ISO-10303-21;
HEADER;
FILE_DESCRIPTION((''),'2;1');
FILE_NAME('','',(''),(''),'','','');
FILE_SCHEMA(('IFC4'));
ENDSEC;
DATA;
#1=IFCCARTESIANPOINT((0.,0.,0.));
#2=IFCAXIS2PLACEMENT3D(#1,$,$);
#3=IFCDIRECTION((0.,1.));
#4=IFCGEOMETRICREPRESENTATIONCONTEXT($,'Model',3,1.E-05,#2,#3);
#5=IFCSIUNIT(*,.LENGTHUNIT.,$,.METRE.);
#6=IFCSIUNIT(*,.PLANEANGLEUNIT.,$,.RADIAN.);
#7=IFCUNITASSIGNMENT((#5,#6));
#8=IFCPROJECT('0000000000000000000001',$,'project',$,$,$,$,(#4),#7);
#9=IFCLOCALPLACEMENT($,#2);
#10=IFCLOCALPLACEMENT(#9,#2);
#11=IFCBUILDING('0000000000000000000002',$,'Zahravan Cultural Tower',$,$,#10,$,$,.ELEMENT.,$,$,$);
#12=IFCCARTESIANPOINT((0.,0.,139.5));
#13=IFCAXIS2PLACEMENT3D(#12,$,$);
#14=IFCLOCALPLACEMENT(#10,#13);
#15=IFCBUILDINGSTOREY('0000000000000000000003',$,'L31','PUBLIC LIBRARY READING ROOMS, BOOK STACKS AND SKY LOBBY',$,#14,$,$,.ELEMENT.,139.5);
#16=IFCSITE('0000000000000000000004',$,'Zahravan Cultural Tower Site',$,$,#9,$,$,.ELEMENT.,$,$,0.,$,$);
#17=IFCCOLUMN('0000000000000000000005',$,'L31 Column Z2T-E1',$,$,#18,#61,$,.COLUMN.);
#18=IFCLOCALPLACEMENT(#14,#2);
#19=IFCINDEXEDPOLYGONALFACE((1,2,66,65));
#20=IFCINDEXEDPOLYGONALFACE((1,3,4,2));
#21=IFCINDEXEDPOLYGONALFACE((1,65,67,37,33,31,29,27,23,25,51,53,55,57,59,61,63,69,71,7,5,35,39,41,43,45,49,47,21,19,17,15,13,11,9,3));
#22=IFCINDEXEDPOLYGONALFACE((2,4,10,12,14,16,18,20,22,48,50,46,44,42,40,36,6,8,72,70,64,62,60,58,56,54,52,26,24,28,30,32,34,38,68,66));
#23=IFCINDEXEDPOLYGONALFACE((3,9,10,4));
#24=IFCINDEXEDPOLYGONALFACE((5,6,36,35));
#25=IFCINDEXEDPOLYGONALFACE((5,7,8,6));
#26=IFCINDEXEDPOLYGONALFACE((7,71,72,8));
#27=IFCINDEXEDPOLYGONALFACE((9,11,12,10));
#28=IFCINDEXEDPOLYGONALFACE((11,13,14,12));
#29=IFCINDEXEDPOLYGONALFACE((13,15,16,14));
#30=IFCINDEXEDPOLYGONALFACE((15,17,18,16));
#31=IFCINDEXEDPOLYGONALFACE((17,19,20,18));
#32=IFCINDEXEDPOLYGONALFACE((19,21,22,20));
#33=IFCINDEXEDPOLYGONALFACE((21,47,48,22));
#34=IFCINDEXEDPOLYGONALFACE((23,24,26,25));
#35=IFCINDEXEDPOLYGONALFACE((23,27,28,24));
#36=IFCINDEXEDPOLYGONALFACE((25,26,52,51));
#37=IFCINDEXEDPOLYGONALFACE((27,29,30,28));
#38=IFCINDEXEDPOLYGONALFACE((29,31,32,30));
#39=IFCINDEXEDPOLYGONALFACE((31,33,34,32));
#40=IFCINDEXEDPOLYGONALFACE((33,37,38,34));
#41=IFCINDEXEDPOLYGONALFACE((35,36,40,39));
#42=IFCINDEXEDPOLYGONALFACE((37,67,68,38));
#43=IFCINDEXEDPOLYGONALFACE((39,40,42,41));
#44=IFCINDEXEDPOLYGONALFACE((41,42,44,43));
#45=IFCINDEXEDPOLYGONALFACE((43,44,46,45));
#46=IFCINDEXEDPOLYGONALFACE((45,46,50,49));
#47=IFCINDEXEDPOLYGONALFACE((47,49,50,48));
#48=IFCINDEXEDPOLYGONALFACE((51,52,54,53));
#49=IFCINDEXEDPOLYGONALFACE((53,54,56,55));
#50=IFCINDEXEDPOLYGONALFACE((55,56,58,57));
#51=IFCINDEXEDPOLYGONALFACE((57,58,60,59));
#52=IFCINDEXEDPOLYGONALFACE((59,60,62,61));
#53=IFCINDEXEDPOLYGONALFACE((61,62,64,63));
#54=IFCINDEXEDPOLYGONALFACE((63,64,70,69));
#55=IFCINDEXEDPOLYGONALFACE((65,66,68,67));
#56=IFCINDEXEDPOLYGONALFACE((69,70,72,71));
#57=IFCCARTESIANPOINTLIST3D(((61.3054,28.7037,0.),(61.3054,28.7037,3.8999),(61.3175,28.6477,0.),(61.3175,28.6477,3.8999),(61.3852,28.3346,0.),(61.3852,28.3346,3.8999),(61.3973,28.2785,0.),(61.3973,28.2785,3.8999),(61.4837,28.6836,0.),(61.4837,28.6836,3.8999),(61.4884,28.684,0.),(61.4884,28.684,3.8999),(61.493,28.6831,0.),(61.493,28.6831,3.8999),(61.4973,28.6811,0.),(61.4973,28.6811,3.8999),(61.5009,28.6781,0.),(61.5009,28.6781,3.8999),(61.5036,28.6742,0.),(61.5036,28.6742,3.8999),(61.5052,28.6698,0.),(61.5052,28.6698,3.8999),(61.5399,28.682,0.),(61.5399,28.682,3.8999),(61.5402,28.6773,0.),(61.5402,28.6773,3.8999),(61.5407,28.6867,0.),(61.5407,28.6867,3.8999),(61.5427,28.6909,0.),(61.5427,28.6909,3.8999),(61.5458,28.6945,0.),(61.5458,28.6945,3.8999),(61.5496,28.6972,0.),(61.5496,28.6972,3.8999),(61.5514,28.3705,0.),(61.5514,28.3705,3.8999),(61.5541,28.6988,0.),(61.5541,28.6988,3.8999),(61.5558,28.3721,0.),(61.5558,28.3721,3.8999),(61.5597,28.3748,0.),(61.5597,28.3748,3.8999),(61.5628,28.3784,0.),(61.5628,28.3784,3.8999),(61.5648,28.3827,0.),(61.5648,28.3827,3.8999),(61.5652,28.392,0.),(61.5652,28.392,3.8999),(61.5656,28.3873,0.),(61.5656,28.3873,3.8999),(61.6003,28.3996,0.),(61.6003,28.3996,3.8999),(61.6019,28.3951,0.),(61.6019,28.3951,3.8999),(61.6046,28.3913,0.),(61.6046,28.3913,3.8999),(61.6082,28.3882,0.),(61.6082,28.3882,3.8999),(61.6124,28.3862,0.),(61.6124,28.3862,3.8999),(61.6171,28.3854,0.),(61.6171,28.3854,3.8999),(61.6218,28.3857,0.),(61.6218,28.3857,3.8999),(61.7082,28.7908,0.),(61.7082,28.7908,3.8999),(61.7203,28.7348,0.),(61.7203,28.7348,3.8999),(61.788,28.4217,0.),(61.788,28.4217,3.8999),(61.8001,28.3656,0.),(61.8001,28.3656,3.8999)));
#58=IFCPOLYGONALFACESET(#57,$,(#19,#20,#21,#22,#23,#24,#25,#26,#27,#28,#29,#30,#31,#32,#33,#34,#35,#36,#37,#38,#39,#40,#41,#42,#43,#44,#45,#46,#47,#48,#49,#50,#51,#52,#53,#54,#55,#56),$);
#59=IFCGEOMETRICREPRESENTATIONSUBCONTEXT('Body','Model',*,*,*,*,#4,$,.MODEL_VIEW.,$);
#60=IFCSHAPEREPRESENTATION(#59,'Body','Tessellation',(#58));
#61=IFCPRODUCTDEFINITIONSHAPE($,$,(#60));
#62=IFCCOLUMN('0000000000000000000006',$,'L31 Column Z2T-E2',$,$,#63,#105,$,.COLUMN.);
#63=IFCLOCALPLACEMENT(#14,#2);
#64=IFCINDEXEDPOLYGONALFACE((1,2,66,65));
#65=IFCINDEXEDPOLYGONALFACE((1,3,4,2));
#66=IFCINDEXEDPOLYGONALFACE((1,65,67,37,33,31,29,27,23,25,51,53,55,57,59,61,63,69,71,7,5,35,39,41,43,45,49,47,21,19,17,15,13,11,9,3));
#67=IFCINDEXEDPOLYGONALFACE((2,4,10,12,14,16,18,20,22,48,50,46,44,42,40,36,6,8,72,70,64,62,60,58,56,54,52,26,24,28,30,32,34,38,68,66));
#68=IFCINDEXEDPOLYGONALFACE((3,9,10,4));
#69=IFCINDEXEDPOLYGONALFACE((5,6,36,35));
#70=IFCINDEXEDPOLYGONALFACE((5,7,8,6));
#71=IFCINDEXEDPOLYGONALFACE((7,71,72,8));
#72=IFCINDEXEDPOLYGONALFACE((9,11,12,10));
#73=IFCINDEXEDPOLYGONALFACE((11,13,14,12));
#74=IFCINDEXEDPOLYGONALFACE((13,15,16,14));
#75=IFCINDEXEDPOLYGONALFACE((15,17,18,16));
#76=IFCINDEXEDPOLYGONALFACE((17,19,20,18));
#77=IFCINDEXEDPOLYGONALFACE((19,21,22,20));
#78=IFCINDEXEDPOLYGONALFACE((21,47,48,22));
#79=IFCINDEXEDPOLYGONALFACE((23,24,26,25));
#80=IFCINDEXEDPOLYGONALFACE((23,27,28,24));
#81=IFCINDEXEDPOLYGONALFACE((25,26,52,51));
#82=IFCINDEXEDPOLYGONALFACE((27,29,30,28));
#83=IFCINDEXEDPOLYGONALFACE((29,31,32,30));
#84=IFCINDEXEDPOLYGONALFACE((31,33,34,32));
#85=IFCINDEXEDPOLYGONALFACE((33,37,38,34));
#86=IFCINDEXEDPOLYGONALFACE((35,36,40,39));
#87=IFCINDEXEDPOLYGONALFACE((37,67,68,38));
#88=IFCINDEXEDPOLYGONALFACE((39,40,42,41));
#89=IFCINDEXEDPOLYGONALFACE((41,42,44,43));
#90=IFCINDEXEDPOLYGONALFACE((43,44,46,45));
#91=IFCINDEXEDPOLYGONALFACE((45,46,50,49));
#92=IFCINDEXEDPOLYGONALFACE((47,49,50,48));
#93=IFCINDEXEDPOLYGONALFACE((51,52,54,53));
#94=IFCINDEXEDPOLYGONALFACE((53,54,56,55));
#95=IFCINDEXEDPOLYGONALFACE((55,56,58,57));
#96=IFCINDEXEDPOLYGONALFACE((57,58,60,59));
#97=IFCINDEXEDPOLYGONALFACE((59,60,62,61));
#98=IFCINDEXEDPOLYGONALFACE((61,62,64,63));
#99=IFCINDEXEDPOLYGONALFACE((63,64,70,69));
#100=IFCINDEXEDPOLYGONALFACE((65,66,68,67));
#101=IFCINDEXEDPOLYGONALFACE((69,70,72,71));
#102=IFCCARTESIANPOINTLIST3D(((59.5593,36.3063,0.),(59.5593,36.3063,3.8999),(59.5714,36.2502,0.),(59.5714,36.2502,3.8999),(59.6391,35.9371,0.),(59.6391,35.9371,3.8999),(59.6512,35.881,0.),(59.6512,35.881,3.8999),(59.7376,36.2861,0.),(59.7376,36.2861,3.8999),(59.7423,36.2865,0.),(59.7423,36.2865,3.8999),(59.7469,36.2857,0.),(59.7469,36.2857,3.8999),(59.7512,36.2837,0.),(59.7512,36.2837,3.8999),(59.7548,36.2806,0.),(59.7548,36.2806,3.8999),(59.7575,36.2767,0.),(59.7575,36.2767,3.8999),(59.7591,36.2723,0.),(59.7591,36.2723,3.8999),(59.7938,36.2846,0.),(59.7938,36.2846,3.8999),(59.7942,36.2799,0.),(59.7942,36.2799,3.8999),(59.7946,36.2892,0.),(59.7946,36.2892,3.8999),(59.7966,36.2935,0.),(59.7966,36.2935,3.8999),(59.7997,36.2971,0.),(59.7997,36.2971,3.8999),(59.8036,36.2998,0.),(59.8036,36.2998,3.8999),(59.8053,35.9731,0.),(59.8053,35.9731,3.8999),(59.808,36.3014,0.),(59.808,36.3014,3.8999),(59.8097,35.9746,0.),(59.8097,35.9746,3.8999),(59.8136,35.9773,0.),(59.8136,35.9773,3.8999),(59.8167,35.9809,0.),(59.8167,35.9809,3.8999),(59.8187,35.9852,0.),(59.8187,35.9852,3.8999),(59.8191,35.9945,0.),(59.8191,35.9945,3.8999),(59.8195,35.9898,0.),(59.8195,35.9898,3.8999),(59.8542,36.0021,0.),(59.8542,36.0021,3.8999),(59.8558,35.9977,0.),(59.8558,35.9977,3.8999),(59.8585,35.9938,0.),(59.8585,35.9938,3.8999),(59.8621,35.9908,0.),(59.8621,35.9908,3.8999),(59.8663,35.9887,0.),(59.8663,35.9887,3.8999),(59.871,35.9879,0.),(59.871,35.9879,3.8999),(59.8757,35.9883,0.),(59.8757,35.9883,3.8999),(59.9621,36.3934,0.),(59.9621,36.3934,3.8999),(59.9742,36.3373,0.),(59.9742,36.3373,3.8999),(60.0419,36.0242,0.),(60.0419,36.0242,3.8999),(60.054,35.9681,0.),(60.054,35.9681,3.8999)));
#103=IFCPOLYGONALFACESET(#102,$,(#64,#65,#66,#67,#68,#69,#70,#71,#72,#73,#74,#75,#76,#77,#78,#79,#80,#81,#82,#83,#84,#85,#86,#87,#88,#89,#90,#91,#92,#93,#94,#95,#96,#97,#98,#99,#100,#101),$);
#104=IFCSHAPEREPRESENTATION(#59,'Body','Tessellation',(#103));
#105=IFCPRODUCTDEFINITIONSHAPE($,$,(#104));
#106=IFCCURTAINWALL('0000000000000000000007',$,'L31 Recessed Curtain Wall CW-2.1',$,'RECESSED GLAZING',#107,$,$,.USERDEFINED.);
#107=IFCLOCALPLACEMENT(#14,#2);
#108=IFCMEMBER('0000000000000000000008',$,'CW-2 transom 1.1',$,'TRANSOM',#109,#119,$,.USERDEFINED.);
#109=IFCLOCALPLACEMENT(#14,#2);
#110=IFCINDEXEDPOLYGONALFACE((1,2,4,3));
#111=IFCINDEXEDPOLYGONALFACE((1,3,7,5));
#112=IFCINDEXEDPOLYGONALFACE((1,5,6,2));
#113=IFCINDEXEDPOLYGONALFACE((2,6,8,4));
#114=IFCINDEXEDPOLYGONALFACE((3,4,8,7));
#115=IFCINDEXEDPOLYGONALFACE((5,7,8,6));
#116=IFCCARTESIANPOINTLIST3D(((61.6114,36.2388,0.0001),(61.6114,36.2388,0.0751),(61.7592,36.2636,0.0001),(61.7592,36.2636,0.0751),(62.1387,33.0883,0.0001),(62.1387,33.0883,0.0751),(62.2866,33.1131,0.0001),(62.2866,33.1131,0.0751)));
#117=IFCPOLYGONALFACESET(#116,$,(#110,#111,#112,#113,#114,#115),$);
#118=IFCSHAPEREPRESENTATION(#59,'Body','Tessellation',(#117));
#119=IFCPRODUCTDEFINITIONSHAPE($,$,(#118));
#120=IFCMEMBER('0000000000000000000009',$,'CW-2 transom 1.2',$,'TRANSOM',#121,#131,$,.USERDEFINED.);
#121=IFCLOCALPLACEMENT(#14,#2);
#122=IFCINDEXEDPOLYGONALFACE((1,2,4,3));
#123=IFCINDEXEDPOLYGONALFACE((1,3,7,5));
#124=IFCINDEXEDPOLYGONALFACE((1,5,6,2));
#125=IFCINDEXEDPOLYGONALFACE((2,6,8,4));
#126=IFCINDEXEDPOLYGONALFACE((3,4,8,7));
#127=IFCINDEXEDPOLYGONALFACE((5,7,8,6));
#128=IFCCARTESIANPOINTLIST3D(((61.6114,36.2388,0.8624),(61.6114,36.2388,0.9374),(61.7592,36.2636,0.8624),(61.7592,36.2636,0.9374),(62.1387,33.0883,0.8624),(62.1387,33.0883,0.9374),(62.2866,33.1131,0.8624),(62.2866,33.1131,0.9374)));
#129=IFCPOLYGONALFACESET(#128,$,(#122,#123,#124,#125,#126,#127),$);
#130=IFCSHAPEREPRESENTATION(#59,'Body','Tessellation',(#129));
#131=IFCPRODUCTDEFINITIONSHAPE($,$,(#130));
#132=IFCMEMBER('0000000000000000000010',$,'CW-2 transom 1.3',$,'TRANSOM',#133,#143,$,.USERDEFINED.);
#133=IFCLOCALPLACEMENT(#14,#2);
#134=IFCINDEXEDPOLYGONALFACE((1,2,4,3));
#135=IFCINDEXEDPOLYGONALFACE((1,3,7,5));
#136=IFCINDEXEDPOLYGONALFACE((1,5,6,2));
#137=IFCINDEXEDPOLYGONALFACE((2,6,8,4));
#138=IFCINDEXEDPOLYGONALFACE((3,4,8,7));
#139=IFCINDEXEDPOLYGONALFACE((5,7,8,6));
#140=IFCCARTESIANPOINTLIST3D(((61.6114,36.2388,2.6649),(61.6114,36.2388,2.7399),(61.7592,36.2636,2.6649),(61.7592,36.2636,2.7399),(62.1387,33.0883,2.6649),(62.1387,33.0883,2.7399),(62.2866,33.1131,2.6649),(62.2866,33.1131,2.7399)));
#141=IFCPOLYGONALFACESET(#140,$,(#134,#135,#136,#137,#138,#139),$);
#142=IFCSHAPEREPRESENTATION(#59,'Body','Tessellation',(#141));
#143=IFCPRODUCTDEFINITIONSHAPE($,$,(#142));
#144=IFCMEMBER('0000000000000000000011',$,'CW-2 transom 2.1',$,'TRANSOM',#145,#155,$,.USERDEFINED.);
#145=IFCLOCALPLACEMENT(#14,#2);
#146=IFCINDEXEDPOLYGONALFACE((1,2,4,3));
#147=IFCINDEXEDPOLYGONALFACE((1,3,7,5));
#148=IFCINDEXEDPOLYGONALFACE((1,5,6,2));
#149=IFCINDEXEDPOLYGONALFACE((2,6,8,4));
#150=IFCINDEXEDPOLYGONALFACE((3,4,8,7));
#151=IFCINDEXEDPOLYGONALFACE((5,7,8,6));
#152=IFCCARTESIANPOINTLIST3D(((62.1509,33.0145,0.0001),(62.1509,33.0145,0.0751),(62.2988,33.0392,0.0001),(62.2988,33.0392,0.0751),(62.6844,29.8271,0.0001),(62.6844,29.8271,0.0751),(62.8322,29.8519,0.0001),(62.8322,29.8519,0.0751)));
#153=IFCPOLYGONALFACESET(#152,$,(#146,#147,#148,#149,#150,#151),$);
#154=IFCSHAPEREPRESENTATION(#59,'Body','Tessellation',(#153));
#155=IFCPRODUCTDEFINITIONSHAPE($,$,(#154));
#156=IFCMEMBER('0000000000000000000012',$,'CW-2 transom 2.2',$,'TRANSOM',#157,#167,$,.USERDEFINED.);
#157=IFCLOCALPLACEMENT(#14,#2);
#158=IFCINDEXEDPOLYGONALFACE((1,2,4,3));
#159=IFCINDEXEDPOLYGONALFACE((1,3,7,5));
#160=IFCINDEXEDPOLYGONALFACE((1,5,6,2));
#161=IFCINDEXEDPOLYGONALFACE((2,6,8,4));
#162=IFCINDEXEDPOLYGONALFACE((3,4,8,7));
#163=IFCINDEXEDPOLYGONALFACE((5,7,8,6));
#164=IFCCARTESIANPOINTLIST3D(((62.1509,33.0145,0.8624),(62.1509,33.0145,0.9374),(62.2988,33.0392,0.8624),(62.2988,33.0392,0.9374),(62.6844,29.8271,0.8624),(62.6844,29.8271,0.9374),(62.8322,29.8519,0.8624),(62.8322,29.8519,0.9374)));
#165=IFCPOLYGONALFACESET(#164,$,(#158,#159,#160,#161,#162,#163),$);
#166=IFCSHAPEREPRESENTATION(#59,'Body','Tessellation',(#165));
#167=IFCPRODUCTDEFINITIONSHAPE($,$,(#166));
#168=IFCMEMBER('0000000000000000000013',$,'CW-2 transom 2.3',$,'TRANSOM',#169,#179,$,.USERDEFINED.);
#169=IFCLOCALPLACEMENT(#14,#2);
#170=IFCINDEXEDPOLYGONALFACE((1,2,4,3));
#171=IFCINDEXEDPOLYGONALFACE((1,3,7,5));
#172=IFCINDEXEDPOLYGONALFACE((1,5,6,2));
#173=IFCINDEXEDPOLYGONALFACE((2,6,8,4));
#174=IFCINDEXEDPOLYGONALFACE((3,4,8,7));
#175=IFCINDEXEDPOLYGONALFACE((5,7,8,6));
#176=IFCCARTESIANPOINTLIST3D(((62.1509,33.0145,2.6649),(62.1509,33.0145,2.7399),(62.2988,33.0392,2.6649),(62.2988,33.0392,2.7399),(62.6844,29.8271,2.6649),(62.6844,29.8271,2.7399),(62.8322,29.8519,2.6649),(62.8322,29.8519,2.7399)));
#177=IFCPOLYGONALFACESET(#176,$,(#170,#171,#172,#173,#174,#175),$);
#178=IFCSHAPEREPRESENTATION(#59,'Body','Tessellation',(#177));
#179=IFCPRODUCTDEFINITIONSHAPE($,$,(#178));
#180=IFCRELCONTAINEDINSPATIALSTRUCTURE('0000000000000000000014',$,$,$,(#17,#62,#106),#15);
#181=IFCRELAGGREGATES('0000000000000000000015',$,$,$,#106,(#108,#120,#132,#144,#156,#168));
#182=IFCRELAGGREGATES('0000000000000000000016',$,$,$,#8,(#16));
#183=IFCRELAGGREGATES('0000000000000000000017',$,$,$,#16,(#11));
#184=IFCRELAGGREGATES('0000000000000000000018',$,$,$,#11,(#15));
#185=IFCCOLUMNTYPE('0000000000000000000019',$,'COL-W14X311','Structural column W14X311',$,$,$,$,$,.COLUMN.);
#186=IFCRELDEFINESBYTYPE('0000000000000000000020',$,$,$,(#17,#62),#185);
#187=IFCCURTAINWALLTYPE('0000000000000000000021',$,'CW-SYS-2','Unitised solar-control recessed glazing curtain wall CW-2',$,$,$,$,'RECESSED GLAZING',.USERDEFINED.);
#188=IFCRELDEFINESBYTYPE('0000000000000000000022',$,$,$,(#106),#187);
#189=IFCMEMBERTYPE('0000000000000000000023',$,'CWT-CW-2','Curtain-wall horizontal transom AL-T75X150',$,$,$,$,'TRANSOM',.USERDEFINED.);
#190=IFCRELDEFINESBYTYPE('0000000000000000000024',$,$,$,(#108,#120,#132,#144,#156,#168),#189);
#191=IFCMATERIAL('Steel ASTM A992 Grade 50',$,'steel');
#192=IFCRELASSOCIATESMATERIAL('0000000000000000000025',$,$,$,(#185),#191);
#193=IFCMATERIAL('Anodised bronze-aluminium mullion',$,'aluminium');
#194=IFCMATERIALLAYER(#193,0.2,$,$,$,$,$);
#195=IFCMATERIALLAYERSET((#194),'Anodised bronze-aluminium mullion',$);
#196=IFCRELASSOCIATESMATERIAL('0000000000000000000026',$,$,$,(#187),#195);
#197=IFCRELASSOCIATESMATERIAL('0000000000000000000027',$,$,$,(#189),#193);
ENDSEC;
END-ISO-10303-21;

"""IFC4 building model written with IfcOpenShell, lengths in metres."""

from ifc_helpers import new_model, si_unit, direction, frame, origin, origin_2d, place, context, subcontext, project, spatial, rectangle, i_section, extrude, source, transform, mapped, material, layer, layer_set, material_profile, profile_set, type_object, element, aggregate, save


model = new_model("IFC4")

# Units and contexts
model_context = context("Model", 3, precision=1e-05, world=origin(), true_north=direction((0.0, 1.0)))
body_context = subcontext(model_context, "Body", "Model", "MODEL_VIEW")
ifc_project = project(units=[si_unit("LENGTHUNIT", "METRE"), si_unit("PLANEANGLEUNIT", "RADIAN")], contexts=[model_context])

# Site, building, storey
site_placement = place(None, origin())
site = spatial("IfcSite", under=ifc_project, at=site_placement, Name="Zahravan Cultural Tower Site", CompositionType="ELEMENT", RefElevation=0.0)
building_placement = place(site_placement, origin())
building = spatial("IfcBuilding", under=site, at=building_placement, Name="Zahravan Cultural Tower", CompositionType="ELEMENT")
storey_placement = place(building_placement, frame((0.0, 0.0, 139.5)))
storey = spatial("IfcBuildingStorey", under=building, at=storey_placement, Name="L31", Description="PUBLIC LIBRARY READING ROOMS, BOOK STACKS AND SKY LOBBY", CompositionType="ELEMENT", Elevation=139.5)

# Columns
ifc_material_1 = material(Name="Steel ASTM A992 Grade 50", Category="steel")
ifc_material_profile_1 = material_profile(ifc_material_1, i_section(OverallWidth=0.4121, OverallDepth=0.4351, WebThickness=0.0359, FlangeThickness=0.0574, FilletRadius=0.0181, at=origin_2d()), Name="W14X311")
ifc_profile_set_1 = profile_set([ifc_material_profile_1], Name="Steel ASTM A992 Grade 50")
column_type = type_object("IfcColumnType", Name="COL-W14X311", Description="Structural column W14X311", PredefinedType="COLUMN", material=ifc_profile_set_1)
shared_shape_1 = source(origin(), body_context, "Body", "SweptSolid", [
    extrude(i_section(OverallWidth=0.4121, OverallDepth=0.4351, WebThickness=0.0359, FlangeThickness=0.0574, FilletRadius=0.0181, at=origin_2d()), origin(), (0.0, 0.0, 1.0), 3.8999),
])
for number, where, z_axis, x_axis, name in (
    (1, (61.5527, 28.5347, 0.0), (0.0, 0.0, 1.0), (0.977416, 0.211325, 0.0), "L31 Column Z2T-E1"),
    (2, (59.8066, 36.1372, 0.0), (0.0, 0.0, 1.0), (0.977416, 0.211325, 0.0), "L31 Column Z2T-E2"),
):
    element("IfcColumn", number, at=place(storey_placement, frame(where, z_axis=z_axis, x_axis=x_axis)), inside=storey, type_object=column_type, Name=name, PredefinedType="COLUMN", context=body_context, shape_type="MappedRepresentation", body=[
        mapped(shared_shape_1, transform((0.0, 0.0, 0.0), x_axis=(1.0, 0.0, 0.0), y_axis=(0.0, 1.0, 0.0), z_axis=(0.0, 0.0, 1.0), scale=1.0)),
    ])

# Curtain wall, members
ifc_material_2 = material(Name="Anodised bronze-aluminium mullion", Category="aluminium")
ifc_layer_1 = layer(ifc_material_2, 0.2)
ifc_layer_set_1 = layer_set([ifc_layer_1], Name="Anodised bronze-aluminium mullion")
curtain_wall_type = type_object("IfcCurtainWallType", Name="CW-SYS-2", Description="Unitised solar-control recessed glazing curtain wall CW-2", ElementType="RECESSED GLAZING", PredefinedType="USERDEFINED", material=ifc_layer_set_1)
curtain_wall_placement = place(storey_placement, origin())
curtain_wall = element("IfcCurtainWall", 3, at=curtain_wall_placement, inside=storey, type_object=curtain_wall_type, Name="L31 Recessed Curtain Wall CW-2.1", ObjectType="RECESSED GLAZING", PredefinedType="USERDEFINED")
ifc_material_profile_2 = material_profile(ifc_material_2, rectangle(XDim=0.1499, YDim=0.075, at=origin_2d()), Name="AL-T75X150")
ifc_profile_set_2 = profile_set([ifc_material_profile_2], Name="Anodised bronze-aluminium mullion")
member_type_1 = type_object("IfcMemberType", Name="CWT-CW-2", Description="Curtain-wall horizontal transom AL-T75X150", ElementType="TRANSOM", PredefinedType="USERDEFINED", material=ifc_profile_set_2)
shared_shape_2 = source(origin(), body_context, "Body", "SweptSolid", [
    extrude(rectangle(XDim=0.1499, YDim=0.075, at=origin_2d()), origin(), (0.0, 0.0, 1.0), 3.1943),
])
member_1_placement = place(storey_placement, frame((61.6853, 36.2512, 0.0376), z_axis=(0.165093, -0.986278, 0.0), x_axis=(0.986278, 0.165093, 0.0)))
member_1 = element("IfcMember", 4, at=member_1_placement, type_object=member_type_1, Name="CW-2 transom 1.1", ObjectType="TRANSOM", PredefinedType="USERDEFINED", context=body_context, shape_type="MappedRepresentation", body=[
    mapped(shared_shape_2, transform((0.0, 0.0, 0.0), x_axis=(1.0, 0.0, 0.0), y_axis=(0.0, 1.0, 0.0), z_axis=(0.0, 0.0, 1.0), scale=1.0)),
])
member_2_placement = place(storey_placement, frame((61.6853, 36.2512, 0.8999), z_axis=(0.165093, -0.986278, 0.0), x_axis=(0.986278, 0.165093, 0.0)))
member_2 = element("IfcMember", 5, at=member_2_placement, type_object=member_type_1, Name="CW-2 transom 1.2", ObjectType="TRANSOM", PredefinedType="USERDEFINED", context=body_context, shape_type="MappedRepresentation", body=[
    mapped(shared_shape_2, transform((0.0, 0.0, 0.0), x_axis=(1.0, 0.0, 0.0), y_axis=(0.0, 1.0, 0.0), z_axis=(0.0, 0.0, 1.0), scale=1.0)),
])
member_3_placement = place(storey_placement, frame((61.6853, 36.2512, 2.7024), z_axis=(0.165093, -0.986278, 0.0), x_axis=(0.986278, 0.165093, 0.0)))
member_3 = element("IfcMember", 6, at=member_3_placement, type_object=member_type_1, Name="CW-2 transom 1.3", ObjectType="TRANSOM", PredefinedType="USERDEFINED", context=body_context, shape_type="MappedRepresentation", body=[
    mapped(shared_shape_2, transform((0.0, 0.0, 0.0), x_axis=(1.0, 0.0, 0.0), y_axis=(0.0, 1.0, 0.0), z_axis=(0.0, 0.0, 1.0), scale=1.0)),
])
shared_shape_3 = source(origin(), body_context, "Body", "SweptSolid", [
    extrude(rectangle(XDim=0.1499, YDim=0.075, at=origin_2d()), origin(), (0.0, 0.0, 1.0), 3.2317),
])
member_4_placement = place(storey_placement, frame((62.2249, 33.0269, 0.0376), z_axis=(0.165073, -0.986281, 0.0), x_axis=(0.986281, 0.165073, 0.0)))
member_4 = element("IfcMember", 7, at=member_4_placement, type_object=member_type_1, Name="CW-2 transom 2.1", ObjectType="TRANSOM", PredefinedType="USERDEFINED", context=body_context, shape_type="MappedRepresentation", body=[
    mapped(shared_shape_3, transform((0.0, 0.0, 0.0), x_axis=(1.0, 0.0, 0.0), y_axis=(0.0, 1.0, 0.0), z_axis=(0.0, 0.0, 1.0), scale=1.0)),
])
member_5_placement = place(storey_placement, frame((62.2249, 33.0269, 0.8999), z_axis=(0.165073, -0.986281, 0.0), x_axis=(0.986281, 0.165073, 0.0)))
member_5 = element("IfcMember", 8, at=member_5_placement, type_object=member_type_1, Name="CW-2 transom 2.2", ObjectType="TRANSOM", PredefinedType="USERDEFINED", context=body_context, shape_type="MappedRepresentation", body=[
    mapped(shared_shape_3, transform((0.0, 0.0, 0.0), x_axis=(1.0, 0.0, 0.0), y_axis=(0.0, 1.0, 0.0), z_axis=(0.0, 0.0, 1.0), scale=1.0)),
])
member_6_placement = place(storey_placement, frame((62.2249, 33.0269, 2.7024), z_axis=(0.165073, -0.986281, 0.0), x_axis=(0.986281, 0.165073, 0.0)))
member_6 = element("IfcMember", 9, at=member_6_placement, type_object=member_type_1, Name="CW-2 transom 2.3", ObjectType="TRANSOM", PredefinedType="USERDEFINED", context=body_context, shape_type="MappedRepresentation", body=[
    mapped(shared_shape_3, transform((0.0, 0.0, 0.0), x_axis=(1.0, 0.0, 0.0), y_axis=(0.0, 1.0, 0.0), z_axis=(0.0, 0.0, 1.0), scale=1.0)),
])
aggregate(curtain_wall, [member_1, member_2, member_3, member_4, member_5, member_6])

save(model, "model.ifc")
